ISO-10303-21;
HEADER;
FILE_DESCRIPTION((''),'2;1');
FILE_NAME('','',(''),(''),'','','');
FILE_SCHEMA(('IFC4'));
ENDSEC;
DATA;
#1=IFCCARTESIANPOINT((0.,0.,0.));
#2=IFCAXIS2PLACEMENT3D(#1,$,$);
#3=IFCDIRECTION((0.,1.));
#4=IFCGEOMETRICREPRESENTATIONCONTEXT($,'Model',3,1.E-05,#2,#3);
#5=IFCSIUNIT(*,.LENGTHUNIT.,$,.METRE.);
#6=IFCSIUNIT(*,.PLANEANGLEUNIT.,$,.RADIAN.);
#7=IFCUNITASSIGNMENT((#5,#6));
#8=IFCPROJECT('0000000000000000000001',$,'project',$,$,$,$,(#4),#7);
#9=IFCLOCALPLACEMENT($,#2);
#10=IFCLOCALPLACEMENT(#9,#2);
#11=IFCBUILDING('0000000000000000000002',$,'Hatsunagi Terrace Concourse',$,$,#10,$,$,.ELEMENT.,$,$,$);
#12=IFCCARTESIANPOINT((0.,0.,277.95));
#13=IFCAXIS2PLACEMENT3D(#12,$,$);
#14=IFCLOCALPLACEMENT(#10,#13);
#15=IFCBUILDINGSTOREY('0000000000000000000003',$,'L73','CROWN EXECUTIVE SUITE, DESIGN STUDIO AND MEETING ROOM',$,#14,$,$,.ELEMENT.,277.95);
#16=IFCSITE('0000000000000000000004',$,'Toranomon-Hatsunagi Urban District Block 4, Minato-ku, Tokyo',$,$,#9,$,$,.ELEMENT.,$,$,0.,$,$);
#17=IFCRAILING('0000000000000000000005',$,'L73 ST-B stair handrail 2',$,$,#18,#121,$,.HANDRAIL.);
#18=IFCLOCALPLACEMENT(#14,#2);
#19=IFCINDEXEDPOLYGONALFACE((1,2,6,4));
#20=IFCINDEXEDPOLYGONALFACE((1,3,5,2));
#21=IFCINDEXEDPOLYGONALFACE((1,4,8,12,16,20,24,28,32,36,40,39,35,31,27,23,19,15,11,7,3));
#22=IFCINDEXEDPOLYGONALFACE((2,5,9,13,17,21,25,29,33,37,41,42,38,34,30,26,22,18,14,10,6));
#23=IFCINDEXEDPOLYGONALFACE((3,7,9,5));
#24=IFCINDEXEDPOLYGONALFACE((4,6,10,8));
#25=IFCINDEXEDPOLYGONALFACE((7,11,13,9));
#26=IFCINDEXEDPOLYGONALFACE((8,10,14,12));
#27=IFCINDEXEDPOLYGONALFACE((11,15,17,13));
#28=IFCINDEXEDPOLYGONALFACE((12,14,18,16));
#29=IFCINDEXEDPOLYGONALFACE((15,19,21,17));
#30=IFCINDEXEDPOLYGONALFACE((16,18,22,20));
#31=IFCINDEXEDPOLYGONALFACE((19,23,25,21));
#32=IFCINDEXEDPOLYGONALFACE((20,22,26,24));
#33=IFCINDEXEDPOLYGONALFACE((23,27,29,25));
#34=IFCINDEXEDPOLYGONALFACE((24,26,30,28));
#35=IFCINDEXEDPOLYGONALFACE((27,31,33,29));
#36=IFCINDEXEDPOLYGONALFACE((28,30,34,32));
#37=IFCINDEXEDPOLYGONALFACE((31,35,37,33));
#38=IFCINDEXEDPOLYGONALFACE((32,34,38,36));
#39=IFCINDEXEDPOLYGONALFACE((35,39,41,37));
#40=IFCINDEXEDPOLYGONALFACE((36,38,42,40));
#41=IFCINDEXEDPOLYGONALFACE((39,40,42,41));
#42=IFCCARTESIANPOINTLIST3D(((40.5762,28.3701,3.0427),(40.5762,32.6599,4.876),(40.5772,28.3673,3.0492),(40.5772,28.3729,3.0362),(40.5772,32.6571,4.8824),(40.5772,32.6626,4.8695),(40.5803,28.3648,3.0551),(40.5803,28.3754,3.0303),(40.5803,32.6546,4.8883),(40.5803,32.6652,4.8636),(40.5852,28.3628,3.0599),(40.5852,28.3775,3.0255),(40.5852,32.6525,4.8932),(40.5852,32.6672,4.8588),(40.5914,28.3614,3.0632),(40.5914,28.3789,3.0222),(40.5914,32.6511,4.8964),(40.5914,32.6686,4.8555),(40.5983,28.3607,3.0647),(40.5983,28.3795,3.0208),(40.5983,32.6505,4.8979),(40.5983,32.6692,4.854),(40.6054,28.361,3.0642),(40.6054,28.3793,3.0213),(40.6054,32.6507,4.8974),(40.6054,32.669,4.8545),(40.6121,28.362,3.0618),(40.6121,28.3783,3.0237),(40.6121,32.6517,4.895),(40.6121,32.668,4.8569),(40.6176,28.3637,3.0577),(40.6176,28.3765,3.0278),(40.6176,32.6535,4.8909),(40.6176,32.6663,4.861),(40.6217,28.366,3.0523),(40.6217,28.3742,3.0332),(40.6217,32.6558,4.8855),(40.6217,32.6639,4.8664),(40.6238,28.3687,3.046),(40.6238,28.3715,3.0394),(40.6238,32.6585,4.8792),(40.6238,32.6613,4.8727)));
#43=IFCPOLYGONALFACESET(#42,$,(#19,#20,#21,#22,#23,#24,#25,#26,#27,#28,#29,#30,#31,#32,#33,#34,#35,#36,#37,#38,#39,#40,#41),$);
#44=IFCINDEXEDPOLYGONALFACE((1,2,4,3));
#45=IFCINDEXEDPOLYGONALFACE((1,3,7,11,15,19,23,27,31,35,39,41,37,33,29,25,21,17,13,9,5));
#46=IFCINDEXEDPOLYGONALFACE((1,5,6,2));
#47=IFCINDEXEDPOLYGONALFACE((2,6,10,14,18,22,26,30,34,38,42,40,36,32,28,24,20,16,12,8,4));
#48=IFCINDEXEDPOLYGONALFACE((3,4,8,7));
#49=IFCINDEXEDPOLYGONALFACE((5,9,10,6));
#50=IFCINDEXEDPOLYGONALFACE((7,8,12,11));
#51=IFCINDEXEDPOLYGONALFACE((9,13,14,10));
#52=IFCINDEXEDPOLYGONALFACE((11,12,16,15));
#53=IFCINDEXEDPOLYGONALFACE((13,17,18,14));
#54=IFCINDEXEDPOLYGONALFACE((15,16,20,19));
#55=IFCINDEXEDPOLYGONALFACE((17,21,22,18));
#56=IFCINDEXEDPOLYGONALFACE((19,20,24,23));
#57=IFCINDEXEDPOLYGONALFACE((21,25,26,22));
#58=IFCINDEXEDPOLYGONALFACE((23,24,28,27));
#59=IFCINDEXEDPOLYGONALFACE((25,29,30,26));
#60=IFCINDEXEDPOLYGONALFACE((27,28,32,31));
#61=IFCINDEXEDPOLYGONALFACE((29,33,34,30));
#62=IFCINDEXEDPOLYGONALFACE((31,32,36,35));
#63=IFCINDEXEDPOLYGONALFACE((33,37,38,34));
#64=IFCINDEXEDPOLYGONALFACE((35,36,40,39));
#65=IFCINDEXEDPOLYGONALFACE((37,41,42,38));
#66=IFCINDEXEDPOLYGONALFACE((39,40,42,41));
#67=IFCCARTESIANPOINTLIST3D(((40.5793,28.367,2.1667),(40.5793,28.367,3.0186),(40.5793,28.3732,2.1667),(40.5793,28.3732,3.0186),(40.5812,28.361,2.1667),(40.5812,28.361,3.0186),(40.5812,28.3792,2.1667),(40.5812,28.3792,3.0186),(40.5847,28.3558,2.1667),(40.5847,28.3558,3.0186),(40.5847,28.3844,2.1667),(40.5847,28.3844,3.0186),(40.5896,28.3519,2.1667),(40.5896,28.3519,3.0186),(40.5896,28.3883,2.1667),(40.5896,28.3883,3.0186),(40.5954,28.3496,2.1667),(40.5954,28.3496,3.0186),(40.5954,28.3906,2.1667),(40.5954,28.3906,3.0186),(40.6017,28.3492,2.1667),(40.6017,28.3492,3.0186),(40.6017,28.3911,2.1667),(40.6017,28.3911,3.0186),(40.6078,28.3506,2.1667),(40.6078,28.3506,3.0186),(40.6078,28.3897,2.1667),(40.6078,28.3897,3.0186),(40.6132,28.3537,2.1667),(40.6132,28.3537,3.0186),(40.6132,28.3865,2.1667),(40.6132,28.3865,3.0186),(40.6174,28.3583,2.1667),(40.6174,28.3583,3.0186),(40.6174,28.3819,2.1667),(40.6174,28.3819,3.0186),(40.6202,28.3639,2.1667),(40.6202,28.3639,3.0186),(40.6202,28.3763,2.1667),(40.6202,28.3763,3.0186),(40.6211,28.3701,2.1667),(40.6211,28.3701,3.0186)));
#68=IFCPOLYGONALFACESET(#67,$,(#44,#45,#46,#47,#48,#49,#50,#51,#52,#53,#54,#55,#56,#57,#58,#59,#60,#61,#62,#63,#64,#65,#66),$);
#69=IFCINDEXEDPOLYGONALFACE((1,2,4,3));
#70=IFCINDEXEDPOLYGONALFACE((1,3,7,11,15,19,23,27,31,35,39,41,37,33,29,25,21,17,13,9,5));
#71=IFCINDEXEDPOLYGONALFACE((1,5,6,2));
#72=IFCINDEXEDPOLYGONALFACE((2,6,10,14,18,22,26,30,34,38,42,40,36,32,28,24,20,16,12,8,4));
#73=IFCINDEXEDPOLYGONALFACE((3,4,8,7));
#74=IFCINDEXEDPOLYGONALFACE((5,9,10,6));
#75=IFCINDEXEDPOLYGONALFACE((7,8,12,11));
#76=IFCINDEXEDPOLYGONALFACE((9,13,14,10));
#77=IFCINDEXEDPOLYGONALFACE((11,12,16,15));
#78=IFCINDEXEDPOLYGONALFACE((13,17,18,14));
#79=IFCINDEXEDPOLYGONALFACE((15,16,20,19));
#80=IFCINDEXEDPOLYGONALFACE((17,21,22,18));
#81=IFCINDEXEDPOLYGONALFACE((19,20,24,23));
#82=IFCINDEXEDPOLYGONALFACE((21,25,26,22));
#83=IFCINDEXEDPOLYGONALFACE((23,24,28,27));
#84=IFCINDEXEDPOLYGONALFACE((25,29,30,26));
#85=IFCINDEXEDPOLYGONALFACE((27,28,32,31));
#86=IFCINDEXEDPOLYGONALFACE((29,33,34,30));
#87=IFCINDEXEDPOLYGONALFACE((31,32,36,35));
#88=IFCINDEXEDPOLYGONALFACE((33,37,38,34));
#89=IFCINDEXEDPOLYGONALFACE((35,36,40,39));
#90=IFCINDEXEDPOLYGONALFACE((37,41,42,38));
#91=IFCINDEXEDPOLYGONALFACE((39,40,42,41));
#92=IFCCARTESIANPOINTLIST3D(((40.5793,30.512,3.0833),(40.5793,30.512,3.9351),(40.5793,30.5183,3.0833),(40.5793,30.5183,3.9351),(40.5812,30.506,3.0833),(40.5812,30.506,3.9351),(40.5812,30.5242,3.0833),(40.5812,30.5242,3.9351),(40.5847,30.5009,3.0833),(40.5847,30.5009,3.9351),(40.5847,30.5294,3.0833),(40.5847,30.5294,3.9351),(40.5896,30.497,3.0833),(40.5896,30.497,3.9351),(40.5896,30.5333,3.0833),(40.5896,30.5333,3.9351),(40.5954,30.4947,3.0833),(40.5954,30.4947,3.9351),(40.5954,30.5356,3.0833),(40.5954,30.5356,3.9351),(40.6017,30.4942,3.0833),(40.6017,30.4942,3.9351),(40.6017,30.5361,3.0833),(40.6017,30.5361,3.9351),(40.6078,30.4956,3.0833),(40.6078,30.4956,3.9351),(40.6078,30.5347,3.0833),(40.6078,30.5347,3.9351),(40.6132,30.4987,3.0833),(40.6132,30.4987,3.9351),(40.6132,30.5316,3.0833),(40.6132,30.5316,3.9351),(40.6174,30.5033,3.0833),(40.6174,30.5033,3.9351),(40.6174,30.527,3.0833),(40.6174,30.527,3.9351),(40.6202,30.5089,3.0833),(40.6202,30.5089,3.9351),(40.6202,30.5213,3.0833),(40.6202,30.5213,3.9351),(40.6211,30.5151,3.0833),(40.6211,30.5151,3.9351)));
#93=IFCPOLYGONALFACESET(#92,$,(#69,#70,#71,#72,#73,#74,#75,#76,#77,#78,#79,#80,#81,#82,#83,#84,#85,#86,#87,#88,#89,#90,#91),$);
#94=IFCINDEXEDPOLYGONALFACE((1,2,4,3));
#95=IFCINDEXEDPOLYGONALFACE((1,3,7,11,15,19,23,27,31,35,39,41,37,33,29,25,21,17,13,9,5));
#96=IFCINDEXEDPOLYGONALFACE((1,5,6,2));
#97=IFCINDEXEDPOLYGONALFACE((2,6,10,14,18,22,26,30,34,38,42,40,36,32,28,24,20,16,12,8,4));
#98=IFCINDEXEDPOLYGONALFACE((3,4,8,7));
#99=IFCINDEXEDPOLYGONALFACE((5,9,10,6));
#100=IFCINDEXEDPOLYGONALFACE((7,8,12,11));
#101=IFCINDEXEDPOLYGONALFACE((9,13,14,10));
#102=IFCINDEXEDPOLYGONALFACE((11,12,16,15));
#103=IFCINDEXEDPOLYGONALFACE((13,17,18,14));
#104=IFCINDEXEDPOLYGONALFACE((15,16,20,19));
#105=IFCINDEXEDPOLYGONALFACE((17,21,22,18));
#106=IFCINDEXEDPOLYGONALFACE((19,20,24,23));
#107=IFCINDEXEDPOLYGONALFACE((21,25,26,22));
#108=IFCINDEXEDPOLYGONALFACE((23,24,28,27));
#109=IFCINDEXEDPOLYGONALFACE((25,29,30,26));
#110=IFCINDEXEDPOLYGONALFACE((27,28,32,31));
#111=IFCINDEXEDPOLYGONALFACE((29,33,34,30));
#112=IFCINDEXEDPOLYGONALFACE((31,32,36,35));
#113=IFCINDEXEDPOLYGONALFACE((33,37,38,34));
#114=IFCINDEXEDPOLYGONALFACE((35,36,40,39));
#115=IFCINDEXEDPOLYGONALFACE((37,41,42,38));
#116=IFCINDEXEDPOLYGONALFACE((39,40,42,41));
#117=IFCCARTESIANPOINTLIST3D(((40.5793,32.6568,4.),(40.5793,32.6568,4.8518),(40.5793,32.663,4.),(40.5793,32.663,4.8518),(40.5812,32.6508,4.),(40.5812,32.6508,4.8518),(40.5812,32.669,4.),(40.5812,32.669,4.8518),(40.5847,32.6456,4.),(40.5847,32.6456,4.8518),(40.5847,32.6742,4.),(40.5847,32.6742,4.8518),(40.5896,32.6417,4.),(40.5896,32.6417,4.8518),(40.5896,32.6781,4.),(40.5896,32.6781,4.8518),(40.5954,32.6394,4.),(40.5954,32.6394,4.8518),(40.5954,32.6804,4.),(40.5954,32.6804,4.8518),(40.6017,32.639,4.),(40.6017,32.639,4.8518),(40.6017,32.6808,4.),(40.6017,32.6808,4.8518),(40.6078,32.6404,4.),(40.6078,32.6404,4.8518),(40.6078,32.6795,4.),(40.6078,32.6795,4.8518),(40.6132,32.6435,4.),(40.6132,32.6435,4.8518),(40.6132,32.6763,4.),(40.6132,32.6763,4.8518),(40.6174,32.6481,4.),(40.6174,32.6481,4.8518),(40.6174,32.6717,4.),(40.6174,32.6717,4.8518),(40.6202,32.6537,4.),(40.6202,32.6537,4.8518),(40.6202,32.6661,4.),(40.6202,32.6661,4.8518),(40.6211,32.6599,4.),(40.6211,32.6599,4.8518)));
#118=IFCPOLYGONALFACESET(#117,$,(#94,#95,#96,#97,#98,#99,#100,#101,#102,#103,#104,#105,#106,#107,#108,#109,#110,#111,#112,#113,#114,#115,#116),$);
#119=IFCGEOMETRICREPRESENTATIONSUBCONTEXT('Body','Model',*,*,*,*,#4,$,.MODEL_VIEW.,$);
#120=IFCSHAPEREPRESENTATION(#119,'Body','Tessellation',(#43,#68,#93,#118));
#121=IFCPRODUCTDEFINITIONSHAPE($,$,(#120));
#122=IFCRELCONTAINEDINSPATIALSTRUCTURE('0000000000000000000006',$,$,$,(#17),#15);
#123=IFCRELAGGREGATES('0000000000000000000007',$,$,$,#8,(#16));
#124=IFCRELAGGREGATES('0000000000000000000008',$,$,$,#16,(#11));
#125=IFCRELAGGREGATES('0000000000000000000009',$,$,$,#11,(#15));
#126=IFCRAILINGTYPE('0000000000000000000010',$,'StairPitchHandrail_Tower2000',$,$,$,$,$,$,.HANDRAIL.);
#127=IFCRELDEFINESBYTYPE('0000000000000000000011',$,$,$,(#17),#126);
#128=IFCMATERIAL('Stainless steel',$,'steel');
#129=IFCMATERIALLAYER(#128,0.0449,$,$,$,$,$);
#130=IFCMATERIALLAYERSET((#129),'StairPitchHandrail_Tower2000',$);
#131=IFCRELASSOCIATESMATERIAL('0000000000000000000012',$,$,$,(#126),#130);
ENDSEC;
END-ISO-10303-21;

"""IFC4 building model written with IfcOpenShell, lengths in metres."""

from ifc_helpers import new_model, si_unit, direction, frame, origin, origin_2d, place, context, subcontext, project, spatial, circle, extrude, material, layer, layer_set, type_object, element, save


model = new_model("IFC4")

# Units and contexts
model_context = context("Model", 3, precision=1e-05, world=origin(), true_north=direction((0.0, 1.0)))
body_context = subcontext(model_context, "Body", "Model", "MODEL_VIEW")
ifc_project = project(units=[si_unit("LENGTHUNIT", "METRE"), si_unit("PLANEANGLEUNIT", "RADIAN")], contexts=[model_context])

# Site, building, storey
site_placement = place(None, origin())
site = spatial("IfcSite", under=ifc_project, at=site_placement, Name="Toranomon-Hatsunagi Urban District Block 4, Minato-ku, Tokyo", CompositionType="ELEMENT", RefElevation=0.0)
building_placement = place(site_placement, origin())
building = spatial("IfcBuilding", under=site, at=building_placement, Name="Hatsunagi Terrace Concourse", CompositionType="ELEMENT")
storey_placement = place(building_placement, frame((0.0, 0.0, 277.95)))
storey = spatial("IfcBuildingStorey", under=building, at=storey_placement, Name="L73", Description="CROWN EXECUTIVE SUITE, DESIGN STUDIO AND MEETING ROOM", CompositionType="ELEMENT", Elevation=277.95)

# Railing
ifc_material_1 = material(Name="Stainless steel", Category="steel")
ifc_layer_1 = layer(ifc_material_1, 0.0449)
ifc_layer_set_1 = layer_set([ifc_layer_1], Name="StairPitchHandrail_Tower2000")
railing_type_1 = type_object("IfcRailingType", Name="StairPitchHandrail_Tower2000", PredefinedType="HANDRAIL", material=ifc_layer_set_1)
railing_1_placement = place(storey_placement, frame((40.6001, 28.3701, 2.1667)))
element("IfcRailing", 1, at=railing_1_placement, inside=storey, type_object=railing_type_1, Name="L73 ST-B stair handrail 2", PredefinedType="HANDRAIL", context=body_context, shape_type="SweptSolid", body=[
    extrude(circle(Radius=0.0239, at=origin_2d()), frame((0.0, 0.0, 0.876), z_axis=(0.0, 0.919551, 0.392972), x_axis=(-1.0, 0.0, 0.0)), (0.0, 0.0, 1.0), 4.665),
    extrude(circle(Radius=0.021, at=origin_2d()), origin(), (0.0, 0.0, 1.0), 0.8518),
    extrude(circle(Radius=0.021, at=origin_2d()), frame((0.0, 2.145, 0.9165)), (0.0, 0.0, 1.0), 0.8518),
    extrude(circle(Radius=0.021, at=origin_2d()), frame((0.0, 4.2898, 1.8333)), (0.0, 0.0, 1.0), 0.8518),
])

save(model, "model.ifc")
